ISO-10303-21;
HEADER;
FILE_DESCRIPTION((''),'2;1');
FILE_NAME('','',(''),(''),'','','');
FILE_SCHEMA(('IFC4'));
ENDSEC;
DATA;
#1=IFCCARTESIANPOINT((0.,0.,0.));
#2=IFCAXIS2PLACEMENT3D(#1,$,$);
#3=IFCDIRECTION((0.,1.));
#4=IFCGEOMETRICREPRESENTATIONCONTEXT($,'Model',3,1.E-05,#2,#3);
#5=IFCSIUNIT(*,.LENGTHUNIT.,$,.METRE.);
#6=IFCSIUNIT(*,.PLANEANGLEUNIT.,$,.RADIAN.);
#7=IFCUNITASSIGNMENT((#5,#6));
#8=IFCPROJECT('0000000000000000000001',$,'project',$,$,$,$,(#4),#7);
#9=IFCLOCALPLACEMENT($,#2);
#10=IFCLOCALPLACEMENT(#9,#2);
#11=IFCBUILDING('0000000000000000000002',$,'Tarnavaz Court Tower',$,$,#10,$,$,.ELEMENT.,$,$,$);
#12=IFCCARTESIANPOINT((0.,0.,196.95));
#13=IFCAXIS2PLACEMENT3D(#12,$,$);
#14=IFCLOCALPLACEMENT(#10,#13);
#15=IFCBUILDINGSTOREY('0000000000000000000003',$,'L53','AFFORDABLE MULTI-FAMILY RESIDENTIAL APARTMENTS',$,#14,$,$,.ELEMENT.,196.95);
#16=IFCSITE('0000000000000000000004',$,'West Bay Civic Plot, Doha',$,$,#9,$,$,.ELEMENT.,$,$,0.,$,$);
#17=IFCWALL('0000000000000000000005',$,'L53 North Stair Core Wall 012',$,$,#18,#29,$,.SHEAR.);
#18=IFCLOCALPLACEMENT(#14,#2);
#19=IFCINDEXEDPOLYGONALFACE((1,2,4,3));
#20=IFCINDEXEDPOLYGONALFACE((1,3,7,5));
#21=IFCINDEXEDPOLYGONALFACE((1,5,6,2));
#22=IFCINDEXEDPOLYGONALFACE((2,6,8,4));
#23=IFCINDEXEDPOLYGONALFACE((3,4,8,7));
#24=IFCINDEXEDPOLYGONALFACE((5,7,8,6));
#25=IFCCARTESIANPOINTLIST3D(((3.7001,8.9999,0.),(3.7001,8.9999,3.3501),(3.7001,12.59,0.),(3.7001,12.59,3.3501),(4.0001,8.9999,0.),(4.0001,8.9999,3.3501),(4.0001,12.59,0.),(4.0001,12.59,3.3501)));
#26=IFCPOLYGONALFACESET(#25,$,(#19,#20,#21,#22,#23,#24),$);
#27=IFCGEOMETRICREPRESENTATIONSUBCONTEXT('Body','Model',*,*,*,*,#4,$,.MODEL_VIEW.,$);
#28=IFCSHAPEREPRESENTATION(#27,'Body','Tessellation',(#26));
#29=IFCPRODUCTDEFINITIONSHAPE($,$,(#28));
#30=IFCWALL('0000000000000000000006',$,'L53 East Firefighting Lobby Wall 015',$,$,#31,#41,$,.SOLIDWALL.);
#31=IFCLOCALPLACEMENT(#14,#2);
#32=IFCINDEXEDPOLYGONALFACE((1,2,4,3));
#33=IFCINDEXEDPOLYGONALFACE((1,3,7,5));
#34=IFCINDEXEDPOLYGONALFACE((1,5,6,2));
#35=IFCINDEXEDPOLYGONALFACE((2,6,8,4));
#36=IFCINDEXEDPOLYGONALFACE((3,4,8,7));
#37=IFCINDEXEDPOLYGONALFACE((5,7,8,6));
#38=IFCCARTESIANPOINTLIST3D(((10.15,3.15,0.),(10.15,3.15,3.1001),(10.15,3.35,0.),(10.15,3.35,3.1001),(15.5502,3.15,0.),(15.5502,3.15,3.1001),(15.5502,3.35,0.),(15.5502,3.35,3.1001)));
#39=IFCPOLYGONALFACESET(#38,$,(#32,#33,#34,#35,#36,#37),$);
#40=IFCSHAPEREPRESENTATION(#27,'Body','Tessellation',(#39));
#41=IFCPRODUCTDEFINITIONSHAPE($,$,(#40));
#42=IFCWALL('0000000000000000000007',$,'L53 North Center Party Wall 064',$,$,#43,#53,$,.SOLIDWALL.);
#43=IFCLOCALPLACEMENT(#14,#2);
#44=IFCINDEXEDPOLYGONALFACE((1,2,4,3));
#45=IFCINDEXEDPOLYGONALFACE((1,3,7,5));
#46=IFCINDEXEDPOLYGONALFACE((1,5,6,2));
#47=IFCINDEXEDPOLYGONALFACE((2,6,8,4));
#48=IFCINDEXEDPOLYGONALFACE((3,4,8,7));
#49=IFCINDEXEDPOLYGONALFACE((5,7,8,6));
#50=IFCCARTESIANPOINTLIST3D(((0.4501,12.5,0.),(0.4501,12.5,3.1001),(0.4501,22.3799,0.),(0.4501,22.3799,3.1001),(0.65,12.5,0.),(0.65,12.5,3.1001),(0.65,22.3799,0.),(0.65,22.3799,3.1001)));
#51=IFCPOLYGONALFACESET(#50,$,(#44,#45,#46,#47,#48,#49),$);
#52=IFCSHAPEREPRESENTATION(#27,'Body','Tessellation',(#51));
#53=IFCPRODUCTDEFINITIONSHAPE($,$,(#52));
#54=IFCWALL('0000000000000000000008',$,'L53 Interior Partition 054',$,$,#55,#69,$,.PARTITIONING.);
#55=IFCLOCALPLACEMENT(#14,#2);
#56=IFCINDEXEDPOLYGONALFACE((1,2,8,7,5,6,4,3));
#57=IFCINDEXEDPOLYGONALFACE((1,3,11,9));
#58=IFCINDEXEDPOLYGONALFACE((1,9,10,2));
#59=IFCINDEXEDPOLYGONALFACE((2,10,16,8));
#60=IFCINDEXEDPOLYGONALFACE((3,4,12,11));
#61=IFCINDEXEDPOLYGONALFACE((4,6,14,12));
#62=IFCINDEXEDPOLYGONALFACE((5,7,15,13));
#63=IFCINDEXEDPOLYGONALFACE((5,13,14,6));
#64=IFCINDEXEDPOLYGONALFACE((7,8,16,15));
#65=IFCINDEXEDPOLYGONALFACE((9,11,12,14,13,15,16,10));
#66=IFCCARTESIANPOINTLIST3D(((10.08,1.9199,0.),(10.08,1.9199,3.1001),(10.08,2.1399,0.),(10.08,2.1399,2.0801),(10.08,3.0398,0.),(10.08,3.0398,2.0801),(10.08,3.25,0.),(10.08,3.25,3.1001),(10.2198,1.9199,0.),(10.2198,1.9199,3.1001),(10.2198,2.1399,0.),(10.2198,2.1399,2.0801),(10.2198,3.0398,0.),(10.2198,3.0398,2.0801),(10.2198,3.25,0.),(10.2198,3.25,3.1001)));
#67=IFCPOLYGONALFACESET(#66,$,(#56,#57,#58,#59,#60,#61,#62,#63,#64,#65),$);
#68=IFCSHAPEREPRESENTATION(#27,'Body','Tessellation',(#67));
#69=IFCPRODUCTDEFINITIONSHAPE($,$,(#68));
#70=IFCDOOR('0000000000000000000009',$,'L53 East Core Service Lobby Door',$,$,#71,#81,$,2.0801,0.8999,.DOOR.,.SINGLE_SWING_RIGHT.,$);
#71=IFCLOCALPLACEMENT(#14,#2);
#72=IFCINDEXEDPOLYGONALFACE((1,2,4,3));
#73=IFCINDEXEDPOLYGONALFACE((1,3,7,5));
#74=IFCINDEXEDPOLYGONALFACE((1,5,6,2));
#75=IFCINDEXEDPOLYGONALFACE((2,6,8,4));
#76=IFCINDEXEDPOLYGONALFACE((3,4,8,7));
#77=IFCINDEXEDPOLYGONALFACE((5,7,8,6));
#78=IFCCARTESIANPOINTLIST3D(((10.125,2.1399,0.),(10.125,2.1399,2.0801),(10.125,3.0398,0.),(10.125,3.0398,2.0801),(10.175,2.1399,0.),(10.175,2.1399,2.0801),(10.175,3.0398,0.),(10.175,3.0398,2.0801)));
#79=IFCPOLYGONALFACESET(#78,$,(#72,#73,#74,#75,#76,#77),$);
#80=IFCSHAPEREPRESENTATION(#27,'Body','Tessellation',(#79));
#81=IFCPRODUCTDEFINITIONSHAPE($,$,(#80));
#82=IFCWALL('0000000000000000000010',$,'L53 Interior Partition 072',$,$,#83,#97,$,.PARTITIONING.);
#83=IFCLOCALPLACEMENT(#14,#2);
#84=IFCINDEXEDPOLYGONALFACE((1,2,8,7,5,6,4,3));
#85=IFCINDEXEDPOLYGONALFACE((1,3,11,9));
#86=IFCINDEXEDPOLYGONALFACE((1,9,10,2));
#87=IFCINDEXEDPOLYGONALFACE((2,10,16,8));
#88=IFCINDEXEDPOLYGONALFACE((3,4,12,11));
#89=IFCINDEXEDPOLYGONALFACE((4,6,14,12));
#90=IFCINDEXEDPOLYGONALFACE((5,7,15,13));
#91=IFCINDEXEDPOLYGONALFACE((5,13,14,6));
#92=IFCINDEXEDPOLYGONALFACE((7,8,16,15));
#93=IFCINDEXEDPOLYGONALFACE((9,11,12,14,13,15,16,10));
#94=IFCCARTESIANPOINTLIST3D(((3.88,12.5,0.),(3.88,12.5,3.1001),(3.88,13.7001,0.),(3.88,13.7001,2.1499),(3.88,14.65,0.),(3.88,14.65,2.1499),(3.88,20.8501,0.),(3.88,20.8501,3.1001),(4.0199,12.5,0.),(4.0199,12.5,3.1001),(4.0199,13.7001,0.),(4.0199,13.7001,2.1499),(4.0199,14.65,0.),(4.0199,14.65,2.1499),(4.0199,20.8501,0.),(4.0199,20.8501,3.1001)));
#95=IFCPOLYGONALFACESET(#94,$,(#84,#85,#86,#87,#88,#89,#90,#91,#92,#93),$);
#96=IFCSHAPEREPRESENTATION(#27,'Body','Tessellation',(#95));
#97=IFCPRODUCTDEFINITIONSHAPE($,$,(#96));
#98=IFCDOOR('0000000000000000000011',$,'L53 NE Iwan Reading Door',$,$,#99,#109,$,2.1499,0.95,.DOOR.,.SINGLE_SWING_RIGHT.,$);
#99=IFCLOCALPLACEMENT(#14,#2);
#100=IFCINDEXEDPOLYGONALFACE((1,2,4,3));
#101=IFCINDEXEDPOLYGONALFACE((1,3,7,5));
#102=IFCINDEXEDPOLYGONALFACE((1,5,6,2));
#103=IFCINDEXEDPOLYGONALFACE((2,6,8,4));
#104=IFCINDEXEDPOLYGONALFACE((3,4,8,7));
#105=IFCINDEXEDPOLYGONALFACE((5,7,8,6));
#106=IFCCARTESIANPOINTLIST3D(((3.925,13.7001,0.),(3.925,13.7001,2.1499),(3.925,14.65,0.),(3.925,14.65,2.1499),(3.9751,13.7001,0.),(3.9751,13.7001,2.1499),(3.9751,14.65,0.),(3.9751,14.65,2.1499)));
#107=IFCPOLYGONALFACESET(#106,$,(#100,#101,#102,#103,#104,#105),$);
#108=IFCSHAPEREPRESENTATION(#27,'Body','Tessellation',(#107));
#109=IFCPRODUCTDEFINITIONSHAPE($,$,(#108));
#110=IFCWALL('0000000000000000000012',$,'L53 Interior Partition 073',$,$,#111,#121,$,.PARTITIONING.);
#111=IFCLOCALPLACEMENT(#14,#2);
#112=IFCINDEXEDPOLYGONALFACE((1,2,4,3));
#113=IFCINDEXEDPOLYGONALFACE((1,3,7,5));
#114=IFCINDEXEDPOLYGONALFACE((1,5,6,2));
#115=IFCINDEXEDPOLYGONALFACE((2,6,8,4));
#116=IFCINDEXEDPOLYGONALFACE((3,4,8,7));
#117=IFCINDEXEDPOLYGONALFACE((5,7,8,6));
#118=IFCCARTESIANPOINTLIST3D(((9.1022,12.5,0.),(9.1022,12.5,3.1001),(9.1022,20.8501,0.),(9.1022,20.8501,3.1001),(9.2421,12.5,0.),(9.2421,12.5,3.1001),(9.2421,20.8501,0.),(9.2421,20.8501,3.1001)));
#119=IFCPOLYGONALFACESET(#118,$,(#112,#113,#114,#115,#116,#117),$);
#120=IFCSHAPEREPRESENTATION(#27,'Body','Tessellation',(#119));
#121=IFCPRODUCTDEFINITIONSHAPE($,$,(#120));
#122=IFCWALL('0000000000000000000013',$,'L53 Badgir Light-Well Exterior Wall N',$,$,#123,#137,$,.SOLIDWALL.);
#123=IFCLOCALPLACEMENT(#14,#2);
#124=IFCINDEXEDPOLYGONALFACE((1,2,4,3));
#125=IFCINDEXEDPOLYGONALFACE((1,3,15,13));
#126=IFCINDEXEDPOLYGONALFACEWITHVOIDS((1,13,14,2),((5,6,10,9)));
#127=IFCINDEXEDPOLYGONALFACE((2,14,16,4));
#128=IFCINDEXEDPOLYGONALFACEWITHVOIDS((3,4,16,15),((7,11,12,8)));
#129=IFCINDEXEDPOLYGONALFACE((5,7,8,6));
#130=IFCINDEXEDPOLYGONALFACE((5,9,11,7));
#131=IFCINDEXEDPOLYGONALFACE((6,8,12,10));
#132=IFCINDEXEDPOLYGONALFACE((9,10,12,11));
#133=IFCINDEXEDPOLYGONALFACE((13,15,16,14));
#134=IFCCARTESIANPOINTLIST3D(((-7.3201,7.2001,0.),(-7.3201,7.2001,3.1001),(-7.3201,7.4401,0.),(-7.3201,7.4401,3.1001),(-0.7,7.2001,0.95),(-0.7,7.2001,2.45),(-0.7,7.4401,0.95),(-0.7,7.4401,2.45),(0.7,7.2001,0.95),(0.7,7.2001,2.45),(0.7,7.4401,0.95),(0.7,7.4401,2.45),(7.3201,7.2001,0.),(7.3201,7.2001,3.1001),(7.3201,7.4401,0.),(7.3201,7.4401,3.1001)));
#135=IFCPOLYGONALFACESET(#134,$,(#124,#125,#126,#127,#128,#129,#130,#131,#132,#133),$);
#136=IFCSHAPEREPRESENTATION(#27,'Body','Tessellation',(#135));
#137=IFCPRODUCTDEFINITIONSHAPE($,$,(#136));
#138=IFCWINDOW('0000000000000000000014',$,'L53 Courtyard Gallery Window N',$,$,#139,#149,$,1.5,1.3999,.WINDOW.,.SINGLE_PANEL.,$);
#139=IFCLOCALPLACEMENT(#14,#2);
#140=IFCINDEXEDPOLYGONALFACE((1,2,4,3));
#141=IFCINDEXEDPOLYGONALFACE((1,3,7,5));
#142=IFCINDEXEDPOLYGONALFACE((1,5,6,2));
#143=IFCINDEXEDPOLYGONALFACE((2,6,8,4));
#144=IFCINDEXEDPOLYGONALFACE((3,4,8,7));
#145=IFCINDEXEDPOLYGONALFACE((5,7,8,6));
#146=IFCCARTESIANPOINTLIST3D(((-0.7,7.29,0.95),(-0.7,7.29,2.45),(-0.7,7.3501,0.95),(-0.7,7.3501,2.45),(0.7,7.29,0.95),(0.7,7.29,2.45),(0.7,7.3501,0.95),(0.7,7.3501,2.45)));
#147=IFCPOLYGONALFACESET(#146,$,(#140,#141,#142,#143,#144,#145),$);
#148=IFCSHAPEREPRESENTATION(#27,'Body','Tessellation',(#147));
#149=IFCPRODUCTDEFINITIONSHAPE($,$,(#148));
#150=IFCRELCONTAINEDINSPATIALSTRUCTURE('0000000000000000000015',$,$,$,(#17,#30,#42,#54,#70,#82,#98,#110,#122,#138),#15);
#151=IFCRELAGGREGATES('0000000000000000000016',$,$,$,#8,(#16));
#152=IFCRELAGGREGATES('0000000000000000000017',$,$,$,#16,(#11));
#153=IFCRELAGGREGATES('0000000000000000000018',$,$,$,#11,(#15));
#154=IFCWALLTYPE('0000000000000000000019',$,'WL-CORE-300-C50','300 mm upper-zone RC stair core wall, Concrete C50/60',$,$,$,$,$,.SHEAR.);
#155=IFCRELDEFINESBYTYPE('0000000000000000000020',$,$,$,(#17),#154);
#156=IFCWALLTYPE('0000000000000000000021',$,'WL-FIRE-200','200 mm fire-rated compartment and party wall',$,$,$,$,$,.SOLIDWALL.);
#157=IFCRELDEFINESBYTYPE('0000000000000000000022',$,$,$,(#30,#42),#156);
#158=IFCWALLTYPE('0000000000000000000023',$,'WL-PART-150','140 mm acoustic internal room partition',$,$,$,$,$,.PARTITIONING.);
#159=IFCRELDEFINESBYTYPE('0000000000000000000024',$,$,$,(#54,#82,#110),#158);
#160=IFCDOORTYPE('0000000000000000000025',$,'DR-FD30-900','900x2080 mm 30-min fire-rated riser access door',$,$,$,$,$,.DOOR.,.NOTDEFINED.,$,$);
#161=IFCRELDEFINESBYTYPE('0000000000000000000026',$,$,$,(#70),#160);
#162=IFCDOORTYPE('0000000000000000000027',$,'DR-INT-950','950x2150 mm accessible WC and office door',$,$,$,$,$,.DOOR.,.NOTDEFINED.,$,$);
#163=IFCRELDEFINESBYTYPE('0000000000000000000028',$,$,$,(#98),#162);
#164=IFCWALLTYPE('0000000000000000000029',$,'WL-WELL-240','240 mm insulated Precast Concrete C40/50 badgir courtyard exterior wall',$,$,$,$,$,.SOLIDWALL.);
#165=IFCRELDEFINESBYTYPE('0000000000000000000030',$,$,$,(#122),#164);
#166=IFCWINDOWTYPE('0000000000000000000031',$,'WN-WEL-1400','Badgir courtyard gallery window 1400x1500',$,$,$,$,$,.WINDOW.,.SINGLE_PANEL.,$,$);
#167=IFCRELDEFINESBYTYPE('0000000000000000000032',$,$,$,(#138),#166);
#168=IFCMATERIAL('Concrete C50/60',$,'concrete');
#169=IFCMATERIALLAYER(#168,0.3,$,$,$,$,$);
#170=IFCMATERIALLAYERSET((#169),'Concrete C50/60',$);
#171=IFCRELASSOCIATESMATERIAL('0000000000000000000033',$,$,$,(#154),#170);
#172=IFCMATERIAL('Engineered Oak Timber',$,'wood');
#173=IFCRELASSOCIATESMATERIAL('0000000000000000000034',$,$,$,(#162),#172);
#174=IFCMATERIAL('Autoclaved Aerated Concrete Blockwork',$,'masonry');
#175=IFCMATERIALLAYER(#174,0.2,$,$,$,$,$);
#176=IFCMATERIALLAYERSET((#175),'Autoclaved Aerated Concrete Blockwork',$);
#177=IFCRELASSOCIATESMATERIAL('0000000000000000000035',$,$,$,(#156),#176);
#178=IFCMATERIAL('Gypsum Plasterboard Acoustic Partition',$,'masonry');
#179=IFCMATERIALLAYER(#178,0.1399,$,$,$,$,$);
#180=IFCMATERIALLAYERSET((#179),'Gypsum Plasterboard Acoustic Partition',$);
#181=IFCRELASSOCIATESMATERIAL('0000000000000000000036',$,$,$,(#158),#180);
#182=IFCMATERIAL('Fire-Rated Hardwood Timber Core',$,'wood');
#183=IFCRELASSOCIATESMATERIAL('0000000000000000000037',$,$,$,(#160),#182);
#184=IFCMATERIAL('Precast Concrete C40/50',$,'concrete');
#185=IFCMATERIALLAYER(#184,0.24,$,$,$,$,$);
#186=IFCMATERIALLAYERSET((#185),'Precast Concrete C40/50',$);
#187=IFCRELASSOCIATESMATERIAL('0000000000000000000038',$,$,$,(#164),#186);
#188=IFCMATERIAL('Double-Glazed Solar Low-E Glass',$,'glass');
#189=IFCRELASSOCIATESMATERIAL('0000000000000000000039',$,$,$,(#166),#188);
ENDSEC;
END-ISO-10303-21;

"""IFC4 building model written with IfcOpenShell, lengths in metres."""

from ifc_helpers import new_model, si_unit, direction, frame, frame_2d, origin, place, context, subcontext, project, spatial, rectangle, extrude, material, layer, layer_set, type_object, element, fill, save


model = new_model("IFC4")

# Units and contexts
model_context = context("Model", 3, precision=1e-05, world=origin(), true_north=direction((0.0, 1.0)))
body_context = subcontext(model_context, "Body", "Model", "MODEL_VIEW")
ifc_project = project(units=[si_unit("LENGTHUNIT", "METRE"), si_unit("PLANEANGLEUNIT", "RADIAN")], contexts=[model_context])

# Site, building, storey
site_placement = place(None, origin())
site = spatial("IfcSite", under=ifc_project, at=site_placement, Name="West Bay Civic Plot, Doha", CompositionType="ELEMENT", RefElevation=0.0)
building_placement = place(site_placement, origin())
building = spatial("IfcBuilding", under=site, at=building_placement, Name="Tarnavaz Court Tower", CompositionType="ELEMENT")
storey_placement = place(building_placement, frame((0.0, 0.0, 196.95)))
storey = spatial("IfcBuildingStorey", under=building, at=storey_placement, Name="L53", Description="AFFORDABLE MULTI-FAMILY RESIDENTIAL APARTMENTS", CompositionType="ELEMENT", Elevation=196.95)

# Shared definitions
ifc_material_1 = material(Name="Concrete C50/60", Category="concrete")

# Shared definitions
ifc_layer_1 = layer(ifc_material_1, 0.3)
ifc_layer_set_1 = layer_set([ifc_layer_1], Name="Concrete C50/60")
wall_type_1 = type_object("IfcWallType", Name="WL-CORE-300-C50", Description="300 mm upper-zone RC stair core wall, Concrete C50/60", PredefinedType="SHEAR", material=ifc_layer_set_1)

# Shared definitions
ifc_material_2 = material(Name="Fire-Rated Hardwood Timber Core", Category="wood")

# Wall
wall_1_placement = place(storey_placement, frame((3.8501, 9.0, 0.0), z_axis=(0.0, 0.0, 1.0), x_axis=(0.0, 1.0, 0.0)))
element("IfcWall", 1, at=wall_1_placement, inside=storey, type_object=wall_type_1, Name="L53 North Stair Core Wall 012", PredefinedType="SHEAR", context=body_context, shape_type="SweptSolid", body=[
    extrude(rectangle(XDim=3.5901, YDim=0.3, at=frame_2d((1.7949, 0.0))), origin(), (0.0, 0.0, 1.0), 3.3501),
])

# Shared definitions
ifc_material_3 = material(Name="Engineered Oak Timber", Category="wood")
door_type_1 = type_object("IfcDoorType", Name="DR-INT-950", Description="950x2150 mm accessible WC and office door", OperationType="NOTDEFINED", PredefinedType="DOOR", material=ifc_material_3)

# Walls
ifc_material_4 = material(Name="Autoclaved Aerated Concrete Blockwork", Category="masonry")
ifc_layer_2 = layer(ifc_material_4, 0.2)
ifc_layer_set_2 = layer_set([ifc_layer_2], Name="Autoclaved Aerated Concrete Blockwork")
wall_type_2 = type_object("IfcWallType", Name="WL-FIRE-200", Description="200 mm fire-rated compartment and party wall", PredefinedType="SOLIDWALL", material=ifc_layer_set_2)
wall_2_placement = place(storey_placement, frame((10.1499, 3.25, 0.0), z_axis=(0.0, 0.0, 1.0), x_axis=(1.0, 0.0, 0.0)))
element("IfcWall", 2, at=wall_2_placement, inside=storey, type_object=wall_type_2, Name="L53 East Firefighting Lobby Wall 015", PredefinedType="SOLIDWALL", context=body_context, shape_type="SweptSolid", body=[
    extrude(rectangle(XDim=5.4001, YDim=0.2, at=frame_2d((2.7002, 0.0))), origin(), (0.0, 0.0, 1.0), 3.1001),
])
wall_3_placement = place(storey_placement, frame((0.55, 12.5, 0.0), z_axis=(0.0, 0.0, 1.0), x_axis=(0.0, 1.0, 0.0)))
element("IfcWall", 3, at=wall_3_placement, inside=storey, type_object=wall_type_2, Name="L53 North Center Party Wall 064", PredefinedType="SOLIDWALL", context=body_context, shape_type="SweptSolid", body=[
    extrude(rectangle(XDim=9.8799, YDim=0.2, at=frame_2d((4.9399, 0.0))), origin(), (0.0, 0.0, 1.0), 3.1001),
])

# Walls, openings, doors
ifc_material_5 = material(Name="Gypsum Plasterboard Acoustic Partition", Category="masonry")
ifc_layer_3 = layer(ifc_material_5, 0.1399)
ifc_layer_set_3 = layer_set([ifc_layer_3], Name="Gypsum Plasterboard Acoustic Partition")
wall_type_3 = type_object("IfcWallType", Name="WL-PART-150", Description="140 mm acoustic internal room partition", PredefinedType="PARTITIONING", material=ifc_layer_set_3)
wall_4_placement = place(storey_placement, frame((10.1499, 1.9199, 0.0), z_axis=(0.0, 0.0, 1.0), x_axis=(0.0, 1.0, 0.0)))
wall_4 = element("IfcWall", 4, at=wall_4_placement, inside=storey, type_object=wall_type_3, Name="L53 Interior Partition 054", PredefinedType="PARTITIONING", context=body_context, shape_type="SweptSolid", body=[
    extrude(rectangle(XDim=1.3301, YDim=0.1399, at=frame_2d((0.665, 0.0))), origin(), (0.0, 0.0, 1.0), 3.1001),
])
opening_1_placement = place(wall_4_placement, frame((0.22, 0.0, 0.0)))
opening_1 = element("IfcOpeningElement", 5, at=opening_1_placement, cuts=wall_4, PredefinedType="OPENING", context=body_context, shape_type="SweptSolid", body=[
    extrude(rectangle(XDim=0.8999, YDim=2.0801, at=frame_2d((0.45, 1.04))), frame((0.0, 0.0798, 0.0), z_axis=(0.0, -1.0, 0.0), x_axis=(1.0, 0.0, 0.0)), (0.0, 0.0, 1.0), 0.1599),
])
door_type_2 = type_object("IfcDoorType", Name="DR-FD30-900", Description="900x2080 mm 30-min fire-rated riser access door", OperationType="NOTDEFINED", PredefinedType="DOOR", material=ifc_material_2)
door_1_placement = place(opening_1_placement, origin())
door_1 = element("IfcDoor", 6, at=door_1_placement, inside=storey, type_object=door_type_2, Name="L53 East Core Service Lobby Door", OperationType="SINGLE_SWING_RIGHT", OverallHeight=2.0801, OverallWidth=0.8999, PredefinedType="DOOR", context=body_context, shape_type="SweptSolid", body=[
    extrude(rectangle(XDim=0.8999, YDim=2.0801, at=frame_2d((0.45, 1.04))), frame((0.0, 0.0249, 0.0), z_axis=(0.0, -1.0, 0.0), x_axis=(1.0, 0.0, 0.0)), (0.0, 0.0, 1.0), 0.05),
])
fill(opening_1, door_1)
wall_5_placement = place(storey_placement, frame((3.95, 12.5, 0.0), z_axis=(0.0, 0.0, 1.0), x_axis=(0.0, 1.0, 0.0)))
wall_5 = element("IfcWall", 7, at=wall_5_placement, inside=storey, type_object=wall_type_3, Name="L53 Interior Partition 072", PredefinedType="PARTITIONING", context=body_context, shape_type="SweptSolid", body=[
    extrude(rectangle(XDim=8.3501, YDim=0.1399, at=frame_2d((4.175, 0.0))), origin(), (0.0, 0.0, 1.0), 3.1001),
])
opening_2_placement = place(wall_5_placement, frame((1.2, 0.0, 0.0)))
opening_2 = element("IfcOpeningElement", 8, at=opening_2_placement, cuts=wall_5, PredefinedType="OPENING", context=body_context, shape_type="SweptSolid", body=[
    extrude(rectangle(XDim=0.95, YDim=2.1499, at=frame_2d((0.4751, 1.075))), frame((0.0, 0.0798, 0.0), z_axis=(0.0, -1.0, 0.0), x_axis=(1.0, 0.0, 0.0)), (0.0, 0.0, 1.0), 0.1599),
])
door_2_placement = place(opening_2_placement, origin())
door_2 = element("IfcDoor", 9, at=door_2_placement, inside=storey, type_object=door_type_1, Name="L53 NE Iwan Reading Door", OperationType="SINGLE_SWING_RIGHT", OverallHeight=2.1499, OverallWidth=0.95, PredefinedType="DOOR", context=body_context, shape_type="SweptSolid", body=[
    extrude(rectangle(XDim=0.95, YDim=2.1499, at=frame_2d((0.4751, 1.075))), frame((0.0, 0.0249, 0.0), z_axis=(0.0, -1.0, 0.0), x_axis=(1.0, 0.0, 0.0)), (0.0, 0.0, 1.0), 0.05),
])
fill(opening_2, door_2)

# Wall
wall_6_placement = place(storey_placement, frame((9.1721, 12.5, 0.0), z_axis=(0.0, 0.0, 1.0), x_axis=(0.0, 1.0, 0.0)))
element("IfcWall", 10, at=wall_6_placement, inside=storey, type_object=wall_type_3, Name="L53 Interior Partition 073", PredefinedType="PARTITIONING", context=body_context, shape_type="SweptSolid", body=[
    extrude(rectangle(XDim=8.3501, YDim=0.1399, at=frame_2d((4.175, 0.0))), origin(), (0.0, 0.0, 1.0), 3.1001),
])

# Wall, opening, window
ifc_material_6 = material(Name="Precast Concrete C40/50", Category="concrete")
ifc_layer_4 = layer(ifc_material_6, 0.24)
ifc_layer_set_4 = layer_set([ifc_layer_4], Name="Precast Concrete C40/50")
wall_type_4 = type_object("IfcWallType", Name="WL-WELL-240", Description="240 mm insulated Precast Concrete C40/50 badgir courtyard exterior wall", PredefinedType="SOLIDWALL", material=ifc_layer_set_4)
wall_7_placement = place(storey_placement, frame((7.3201, 7.3201, 0.0), z_axis=(0.0, 0.0, 1.0), x_axis=(-1.0, 0.0, 0.0)))
wall_7 = element("IfcWall", 11, at=wall_7_placement, inside=storey, type_object=wall_type_4, Name="L53 Badgir Light-Well Exterior Wall N", PredefinedType="SOLIDWALL", context=body_context, shape_type="SweptSolid", body=[
    extrude(rectangle(XDim=14.6401, YDim=0.24, at=frame_2d((7.3201, 0.0))), origin(), (0.0, 0.0, 1.0), 3.1001),
])
opening_3_placement = place(wall_7_placement, frame((6.6201, 0.0, 0.95)))
opening_3 = element("IfcOpeningElement", 12, at=opening_3_placement, cuts=wall_7, PredefinedType="OPENING", context=body_context, shape_type="SweptSolid", body=[
    extrude(rectangle(XDim=1.3999, YDim=1.5, at=frame_2d((0.7, 0.75))), frame((0.0, 0.1299, 0.0), z_axis=(0.0, -1.0, 0.0), x_axis=(1.0, 0.0, 0.0)), (0.0, 0.0, 1.0), 0.26),
])
ifc_material_7 = material(Name="Double-Glazed Solar Low-E Glass", Category="glass")
window_type = type_object("IfcWindowType", Name="WN-WEL-1400", Description="Badgir courtyard gallery window 1400x1500", PartitioningType="SINGLE_PANEL", PredefinedType="WINDOW", material=ifc_material_7)
window_placement = place(opening_3_placement, origin())
window = element("IfcWindow", 13, at=window_placement, inside=storey, type_object=window_type, Name="L53 Courtyard Gallery Window N", OverallHeight=1.5, OverallWidth=1.3999, PartitioningType="SINGLE_PANEL", PredefinedType="WINDOW", context=body_context, shape_type="SweptSolid", body=[
    extrude(rectangle(XDim=1.3999, YDim=1.5, at=frame_2d((0.7, 0.75))), frame((0.0, 0.03, 0.0), z_axis=(0.0, -1.0, 0.0), x_axis=(1.0, 0.0, 0.0)), (0.0, 0.0, 1.0), 0.0601),
])
fill(opening_3, window)

save(model, "model.ifc")
